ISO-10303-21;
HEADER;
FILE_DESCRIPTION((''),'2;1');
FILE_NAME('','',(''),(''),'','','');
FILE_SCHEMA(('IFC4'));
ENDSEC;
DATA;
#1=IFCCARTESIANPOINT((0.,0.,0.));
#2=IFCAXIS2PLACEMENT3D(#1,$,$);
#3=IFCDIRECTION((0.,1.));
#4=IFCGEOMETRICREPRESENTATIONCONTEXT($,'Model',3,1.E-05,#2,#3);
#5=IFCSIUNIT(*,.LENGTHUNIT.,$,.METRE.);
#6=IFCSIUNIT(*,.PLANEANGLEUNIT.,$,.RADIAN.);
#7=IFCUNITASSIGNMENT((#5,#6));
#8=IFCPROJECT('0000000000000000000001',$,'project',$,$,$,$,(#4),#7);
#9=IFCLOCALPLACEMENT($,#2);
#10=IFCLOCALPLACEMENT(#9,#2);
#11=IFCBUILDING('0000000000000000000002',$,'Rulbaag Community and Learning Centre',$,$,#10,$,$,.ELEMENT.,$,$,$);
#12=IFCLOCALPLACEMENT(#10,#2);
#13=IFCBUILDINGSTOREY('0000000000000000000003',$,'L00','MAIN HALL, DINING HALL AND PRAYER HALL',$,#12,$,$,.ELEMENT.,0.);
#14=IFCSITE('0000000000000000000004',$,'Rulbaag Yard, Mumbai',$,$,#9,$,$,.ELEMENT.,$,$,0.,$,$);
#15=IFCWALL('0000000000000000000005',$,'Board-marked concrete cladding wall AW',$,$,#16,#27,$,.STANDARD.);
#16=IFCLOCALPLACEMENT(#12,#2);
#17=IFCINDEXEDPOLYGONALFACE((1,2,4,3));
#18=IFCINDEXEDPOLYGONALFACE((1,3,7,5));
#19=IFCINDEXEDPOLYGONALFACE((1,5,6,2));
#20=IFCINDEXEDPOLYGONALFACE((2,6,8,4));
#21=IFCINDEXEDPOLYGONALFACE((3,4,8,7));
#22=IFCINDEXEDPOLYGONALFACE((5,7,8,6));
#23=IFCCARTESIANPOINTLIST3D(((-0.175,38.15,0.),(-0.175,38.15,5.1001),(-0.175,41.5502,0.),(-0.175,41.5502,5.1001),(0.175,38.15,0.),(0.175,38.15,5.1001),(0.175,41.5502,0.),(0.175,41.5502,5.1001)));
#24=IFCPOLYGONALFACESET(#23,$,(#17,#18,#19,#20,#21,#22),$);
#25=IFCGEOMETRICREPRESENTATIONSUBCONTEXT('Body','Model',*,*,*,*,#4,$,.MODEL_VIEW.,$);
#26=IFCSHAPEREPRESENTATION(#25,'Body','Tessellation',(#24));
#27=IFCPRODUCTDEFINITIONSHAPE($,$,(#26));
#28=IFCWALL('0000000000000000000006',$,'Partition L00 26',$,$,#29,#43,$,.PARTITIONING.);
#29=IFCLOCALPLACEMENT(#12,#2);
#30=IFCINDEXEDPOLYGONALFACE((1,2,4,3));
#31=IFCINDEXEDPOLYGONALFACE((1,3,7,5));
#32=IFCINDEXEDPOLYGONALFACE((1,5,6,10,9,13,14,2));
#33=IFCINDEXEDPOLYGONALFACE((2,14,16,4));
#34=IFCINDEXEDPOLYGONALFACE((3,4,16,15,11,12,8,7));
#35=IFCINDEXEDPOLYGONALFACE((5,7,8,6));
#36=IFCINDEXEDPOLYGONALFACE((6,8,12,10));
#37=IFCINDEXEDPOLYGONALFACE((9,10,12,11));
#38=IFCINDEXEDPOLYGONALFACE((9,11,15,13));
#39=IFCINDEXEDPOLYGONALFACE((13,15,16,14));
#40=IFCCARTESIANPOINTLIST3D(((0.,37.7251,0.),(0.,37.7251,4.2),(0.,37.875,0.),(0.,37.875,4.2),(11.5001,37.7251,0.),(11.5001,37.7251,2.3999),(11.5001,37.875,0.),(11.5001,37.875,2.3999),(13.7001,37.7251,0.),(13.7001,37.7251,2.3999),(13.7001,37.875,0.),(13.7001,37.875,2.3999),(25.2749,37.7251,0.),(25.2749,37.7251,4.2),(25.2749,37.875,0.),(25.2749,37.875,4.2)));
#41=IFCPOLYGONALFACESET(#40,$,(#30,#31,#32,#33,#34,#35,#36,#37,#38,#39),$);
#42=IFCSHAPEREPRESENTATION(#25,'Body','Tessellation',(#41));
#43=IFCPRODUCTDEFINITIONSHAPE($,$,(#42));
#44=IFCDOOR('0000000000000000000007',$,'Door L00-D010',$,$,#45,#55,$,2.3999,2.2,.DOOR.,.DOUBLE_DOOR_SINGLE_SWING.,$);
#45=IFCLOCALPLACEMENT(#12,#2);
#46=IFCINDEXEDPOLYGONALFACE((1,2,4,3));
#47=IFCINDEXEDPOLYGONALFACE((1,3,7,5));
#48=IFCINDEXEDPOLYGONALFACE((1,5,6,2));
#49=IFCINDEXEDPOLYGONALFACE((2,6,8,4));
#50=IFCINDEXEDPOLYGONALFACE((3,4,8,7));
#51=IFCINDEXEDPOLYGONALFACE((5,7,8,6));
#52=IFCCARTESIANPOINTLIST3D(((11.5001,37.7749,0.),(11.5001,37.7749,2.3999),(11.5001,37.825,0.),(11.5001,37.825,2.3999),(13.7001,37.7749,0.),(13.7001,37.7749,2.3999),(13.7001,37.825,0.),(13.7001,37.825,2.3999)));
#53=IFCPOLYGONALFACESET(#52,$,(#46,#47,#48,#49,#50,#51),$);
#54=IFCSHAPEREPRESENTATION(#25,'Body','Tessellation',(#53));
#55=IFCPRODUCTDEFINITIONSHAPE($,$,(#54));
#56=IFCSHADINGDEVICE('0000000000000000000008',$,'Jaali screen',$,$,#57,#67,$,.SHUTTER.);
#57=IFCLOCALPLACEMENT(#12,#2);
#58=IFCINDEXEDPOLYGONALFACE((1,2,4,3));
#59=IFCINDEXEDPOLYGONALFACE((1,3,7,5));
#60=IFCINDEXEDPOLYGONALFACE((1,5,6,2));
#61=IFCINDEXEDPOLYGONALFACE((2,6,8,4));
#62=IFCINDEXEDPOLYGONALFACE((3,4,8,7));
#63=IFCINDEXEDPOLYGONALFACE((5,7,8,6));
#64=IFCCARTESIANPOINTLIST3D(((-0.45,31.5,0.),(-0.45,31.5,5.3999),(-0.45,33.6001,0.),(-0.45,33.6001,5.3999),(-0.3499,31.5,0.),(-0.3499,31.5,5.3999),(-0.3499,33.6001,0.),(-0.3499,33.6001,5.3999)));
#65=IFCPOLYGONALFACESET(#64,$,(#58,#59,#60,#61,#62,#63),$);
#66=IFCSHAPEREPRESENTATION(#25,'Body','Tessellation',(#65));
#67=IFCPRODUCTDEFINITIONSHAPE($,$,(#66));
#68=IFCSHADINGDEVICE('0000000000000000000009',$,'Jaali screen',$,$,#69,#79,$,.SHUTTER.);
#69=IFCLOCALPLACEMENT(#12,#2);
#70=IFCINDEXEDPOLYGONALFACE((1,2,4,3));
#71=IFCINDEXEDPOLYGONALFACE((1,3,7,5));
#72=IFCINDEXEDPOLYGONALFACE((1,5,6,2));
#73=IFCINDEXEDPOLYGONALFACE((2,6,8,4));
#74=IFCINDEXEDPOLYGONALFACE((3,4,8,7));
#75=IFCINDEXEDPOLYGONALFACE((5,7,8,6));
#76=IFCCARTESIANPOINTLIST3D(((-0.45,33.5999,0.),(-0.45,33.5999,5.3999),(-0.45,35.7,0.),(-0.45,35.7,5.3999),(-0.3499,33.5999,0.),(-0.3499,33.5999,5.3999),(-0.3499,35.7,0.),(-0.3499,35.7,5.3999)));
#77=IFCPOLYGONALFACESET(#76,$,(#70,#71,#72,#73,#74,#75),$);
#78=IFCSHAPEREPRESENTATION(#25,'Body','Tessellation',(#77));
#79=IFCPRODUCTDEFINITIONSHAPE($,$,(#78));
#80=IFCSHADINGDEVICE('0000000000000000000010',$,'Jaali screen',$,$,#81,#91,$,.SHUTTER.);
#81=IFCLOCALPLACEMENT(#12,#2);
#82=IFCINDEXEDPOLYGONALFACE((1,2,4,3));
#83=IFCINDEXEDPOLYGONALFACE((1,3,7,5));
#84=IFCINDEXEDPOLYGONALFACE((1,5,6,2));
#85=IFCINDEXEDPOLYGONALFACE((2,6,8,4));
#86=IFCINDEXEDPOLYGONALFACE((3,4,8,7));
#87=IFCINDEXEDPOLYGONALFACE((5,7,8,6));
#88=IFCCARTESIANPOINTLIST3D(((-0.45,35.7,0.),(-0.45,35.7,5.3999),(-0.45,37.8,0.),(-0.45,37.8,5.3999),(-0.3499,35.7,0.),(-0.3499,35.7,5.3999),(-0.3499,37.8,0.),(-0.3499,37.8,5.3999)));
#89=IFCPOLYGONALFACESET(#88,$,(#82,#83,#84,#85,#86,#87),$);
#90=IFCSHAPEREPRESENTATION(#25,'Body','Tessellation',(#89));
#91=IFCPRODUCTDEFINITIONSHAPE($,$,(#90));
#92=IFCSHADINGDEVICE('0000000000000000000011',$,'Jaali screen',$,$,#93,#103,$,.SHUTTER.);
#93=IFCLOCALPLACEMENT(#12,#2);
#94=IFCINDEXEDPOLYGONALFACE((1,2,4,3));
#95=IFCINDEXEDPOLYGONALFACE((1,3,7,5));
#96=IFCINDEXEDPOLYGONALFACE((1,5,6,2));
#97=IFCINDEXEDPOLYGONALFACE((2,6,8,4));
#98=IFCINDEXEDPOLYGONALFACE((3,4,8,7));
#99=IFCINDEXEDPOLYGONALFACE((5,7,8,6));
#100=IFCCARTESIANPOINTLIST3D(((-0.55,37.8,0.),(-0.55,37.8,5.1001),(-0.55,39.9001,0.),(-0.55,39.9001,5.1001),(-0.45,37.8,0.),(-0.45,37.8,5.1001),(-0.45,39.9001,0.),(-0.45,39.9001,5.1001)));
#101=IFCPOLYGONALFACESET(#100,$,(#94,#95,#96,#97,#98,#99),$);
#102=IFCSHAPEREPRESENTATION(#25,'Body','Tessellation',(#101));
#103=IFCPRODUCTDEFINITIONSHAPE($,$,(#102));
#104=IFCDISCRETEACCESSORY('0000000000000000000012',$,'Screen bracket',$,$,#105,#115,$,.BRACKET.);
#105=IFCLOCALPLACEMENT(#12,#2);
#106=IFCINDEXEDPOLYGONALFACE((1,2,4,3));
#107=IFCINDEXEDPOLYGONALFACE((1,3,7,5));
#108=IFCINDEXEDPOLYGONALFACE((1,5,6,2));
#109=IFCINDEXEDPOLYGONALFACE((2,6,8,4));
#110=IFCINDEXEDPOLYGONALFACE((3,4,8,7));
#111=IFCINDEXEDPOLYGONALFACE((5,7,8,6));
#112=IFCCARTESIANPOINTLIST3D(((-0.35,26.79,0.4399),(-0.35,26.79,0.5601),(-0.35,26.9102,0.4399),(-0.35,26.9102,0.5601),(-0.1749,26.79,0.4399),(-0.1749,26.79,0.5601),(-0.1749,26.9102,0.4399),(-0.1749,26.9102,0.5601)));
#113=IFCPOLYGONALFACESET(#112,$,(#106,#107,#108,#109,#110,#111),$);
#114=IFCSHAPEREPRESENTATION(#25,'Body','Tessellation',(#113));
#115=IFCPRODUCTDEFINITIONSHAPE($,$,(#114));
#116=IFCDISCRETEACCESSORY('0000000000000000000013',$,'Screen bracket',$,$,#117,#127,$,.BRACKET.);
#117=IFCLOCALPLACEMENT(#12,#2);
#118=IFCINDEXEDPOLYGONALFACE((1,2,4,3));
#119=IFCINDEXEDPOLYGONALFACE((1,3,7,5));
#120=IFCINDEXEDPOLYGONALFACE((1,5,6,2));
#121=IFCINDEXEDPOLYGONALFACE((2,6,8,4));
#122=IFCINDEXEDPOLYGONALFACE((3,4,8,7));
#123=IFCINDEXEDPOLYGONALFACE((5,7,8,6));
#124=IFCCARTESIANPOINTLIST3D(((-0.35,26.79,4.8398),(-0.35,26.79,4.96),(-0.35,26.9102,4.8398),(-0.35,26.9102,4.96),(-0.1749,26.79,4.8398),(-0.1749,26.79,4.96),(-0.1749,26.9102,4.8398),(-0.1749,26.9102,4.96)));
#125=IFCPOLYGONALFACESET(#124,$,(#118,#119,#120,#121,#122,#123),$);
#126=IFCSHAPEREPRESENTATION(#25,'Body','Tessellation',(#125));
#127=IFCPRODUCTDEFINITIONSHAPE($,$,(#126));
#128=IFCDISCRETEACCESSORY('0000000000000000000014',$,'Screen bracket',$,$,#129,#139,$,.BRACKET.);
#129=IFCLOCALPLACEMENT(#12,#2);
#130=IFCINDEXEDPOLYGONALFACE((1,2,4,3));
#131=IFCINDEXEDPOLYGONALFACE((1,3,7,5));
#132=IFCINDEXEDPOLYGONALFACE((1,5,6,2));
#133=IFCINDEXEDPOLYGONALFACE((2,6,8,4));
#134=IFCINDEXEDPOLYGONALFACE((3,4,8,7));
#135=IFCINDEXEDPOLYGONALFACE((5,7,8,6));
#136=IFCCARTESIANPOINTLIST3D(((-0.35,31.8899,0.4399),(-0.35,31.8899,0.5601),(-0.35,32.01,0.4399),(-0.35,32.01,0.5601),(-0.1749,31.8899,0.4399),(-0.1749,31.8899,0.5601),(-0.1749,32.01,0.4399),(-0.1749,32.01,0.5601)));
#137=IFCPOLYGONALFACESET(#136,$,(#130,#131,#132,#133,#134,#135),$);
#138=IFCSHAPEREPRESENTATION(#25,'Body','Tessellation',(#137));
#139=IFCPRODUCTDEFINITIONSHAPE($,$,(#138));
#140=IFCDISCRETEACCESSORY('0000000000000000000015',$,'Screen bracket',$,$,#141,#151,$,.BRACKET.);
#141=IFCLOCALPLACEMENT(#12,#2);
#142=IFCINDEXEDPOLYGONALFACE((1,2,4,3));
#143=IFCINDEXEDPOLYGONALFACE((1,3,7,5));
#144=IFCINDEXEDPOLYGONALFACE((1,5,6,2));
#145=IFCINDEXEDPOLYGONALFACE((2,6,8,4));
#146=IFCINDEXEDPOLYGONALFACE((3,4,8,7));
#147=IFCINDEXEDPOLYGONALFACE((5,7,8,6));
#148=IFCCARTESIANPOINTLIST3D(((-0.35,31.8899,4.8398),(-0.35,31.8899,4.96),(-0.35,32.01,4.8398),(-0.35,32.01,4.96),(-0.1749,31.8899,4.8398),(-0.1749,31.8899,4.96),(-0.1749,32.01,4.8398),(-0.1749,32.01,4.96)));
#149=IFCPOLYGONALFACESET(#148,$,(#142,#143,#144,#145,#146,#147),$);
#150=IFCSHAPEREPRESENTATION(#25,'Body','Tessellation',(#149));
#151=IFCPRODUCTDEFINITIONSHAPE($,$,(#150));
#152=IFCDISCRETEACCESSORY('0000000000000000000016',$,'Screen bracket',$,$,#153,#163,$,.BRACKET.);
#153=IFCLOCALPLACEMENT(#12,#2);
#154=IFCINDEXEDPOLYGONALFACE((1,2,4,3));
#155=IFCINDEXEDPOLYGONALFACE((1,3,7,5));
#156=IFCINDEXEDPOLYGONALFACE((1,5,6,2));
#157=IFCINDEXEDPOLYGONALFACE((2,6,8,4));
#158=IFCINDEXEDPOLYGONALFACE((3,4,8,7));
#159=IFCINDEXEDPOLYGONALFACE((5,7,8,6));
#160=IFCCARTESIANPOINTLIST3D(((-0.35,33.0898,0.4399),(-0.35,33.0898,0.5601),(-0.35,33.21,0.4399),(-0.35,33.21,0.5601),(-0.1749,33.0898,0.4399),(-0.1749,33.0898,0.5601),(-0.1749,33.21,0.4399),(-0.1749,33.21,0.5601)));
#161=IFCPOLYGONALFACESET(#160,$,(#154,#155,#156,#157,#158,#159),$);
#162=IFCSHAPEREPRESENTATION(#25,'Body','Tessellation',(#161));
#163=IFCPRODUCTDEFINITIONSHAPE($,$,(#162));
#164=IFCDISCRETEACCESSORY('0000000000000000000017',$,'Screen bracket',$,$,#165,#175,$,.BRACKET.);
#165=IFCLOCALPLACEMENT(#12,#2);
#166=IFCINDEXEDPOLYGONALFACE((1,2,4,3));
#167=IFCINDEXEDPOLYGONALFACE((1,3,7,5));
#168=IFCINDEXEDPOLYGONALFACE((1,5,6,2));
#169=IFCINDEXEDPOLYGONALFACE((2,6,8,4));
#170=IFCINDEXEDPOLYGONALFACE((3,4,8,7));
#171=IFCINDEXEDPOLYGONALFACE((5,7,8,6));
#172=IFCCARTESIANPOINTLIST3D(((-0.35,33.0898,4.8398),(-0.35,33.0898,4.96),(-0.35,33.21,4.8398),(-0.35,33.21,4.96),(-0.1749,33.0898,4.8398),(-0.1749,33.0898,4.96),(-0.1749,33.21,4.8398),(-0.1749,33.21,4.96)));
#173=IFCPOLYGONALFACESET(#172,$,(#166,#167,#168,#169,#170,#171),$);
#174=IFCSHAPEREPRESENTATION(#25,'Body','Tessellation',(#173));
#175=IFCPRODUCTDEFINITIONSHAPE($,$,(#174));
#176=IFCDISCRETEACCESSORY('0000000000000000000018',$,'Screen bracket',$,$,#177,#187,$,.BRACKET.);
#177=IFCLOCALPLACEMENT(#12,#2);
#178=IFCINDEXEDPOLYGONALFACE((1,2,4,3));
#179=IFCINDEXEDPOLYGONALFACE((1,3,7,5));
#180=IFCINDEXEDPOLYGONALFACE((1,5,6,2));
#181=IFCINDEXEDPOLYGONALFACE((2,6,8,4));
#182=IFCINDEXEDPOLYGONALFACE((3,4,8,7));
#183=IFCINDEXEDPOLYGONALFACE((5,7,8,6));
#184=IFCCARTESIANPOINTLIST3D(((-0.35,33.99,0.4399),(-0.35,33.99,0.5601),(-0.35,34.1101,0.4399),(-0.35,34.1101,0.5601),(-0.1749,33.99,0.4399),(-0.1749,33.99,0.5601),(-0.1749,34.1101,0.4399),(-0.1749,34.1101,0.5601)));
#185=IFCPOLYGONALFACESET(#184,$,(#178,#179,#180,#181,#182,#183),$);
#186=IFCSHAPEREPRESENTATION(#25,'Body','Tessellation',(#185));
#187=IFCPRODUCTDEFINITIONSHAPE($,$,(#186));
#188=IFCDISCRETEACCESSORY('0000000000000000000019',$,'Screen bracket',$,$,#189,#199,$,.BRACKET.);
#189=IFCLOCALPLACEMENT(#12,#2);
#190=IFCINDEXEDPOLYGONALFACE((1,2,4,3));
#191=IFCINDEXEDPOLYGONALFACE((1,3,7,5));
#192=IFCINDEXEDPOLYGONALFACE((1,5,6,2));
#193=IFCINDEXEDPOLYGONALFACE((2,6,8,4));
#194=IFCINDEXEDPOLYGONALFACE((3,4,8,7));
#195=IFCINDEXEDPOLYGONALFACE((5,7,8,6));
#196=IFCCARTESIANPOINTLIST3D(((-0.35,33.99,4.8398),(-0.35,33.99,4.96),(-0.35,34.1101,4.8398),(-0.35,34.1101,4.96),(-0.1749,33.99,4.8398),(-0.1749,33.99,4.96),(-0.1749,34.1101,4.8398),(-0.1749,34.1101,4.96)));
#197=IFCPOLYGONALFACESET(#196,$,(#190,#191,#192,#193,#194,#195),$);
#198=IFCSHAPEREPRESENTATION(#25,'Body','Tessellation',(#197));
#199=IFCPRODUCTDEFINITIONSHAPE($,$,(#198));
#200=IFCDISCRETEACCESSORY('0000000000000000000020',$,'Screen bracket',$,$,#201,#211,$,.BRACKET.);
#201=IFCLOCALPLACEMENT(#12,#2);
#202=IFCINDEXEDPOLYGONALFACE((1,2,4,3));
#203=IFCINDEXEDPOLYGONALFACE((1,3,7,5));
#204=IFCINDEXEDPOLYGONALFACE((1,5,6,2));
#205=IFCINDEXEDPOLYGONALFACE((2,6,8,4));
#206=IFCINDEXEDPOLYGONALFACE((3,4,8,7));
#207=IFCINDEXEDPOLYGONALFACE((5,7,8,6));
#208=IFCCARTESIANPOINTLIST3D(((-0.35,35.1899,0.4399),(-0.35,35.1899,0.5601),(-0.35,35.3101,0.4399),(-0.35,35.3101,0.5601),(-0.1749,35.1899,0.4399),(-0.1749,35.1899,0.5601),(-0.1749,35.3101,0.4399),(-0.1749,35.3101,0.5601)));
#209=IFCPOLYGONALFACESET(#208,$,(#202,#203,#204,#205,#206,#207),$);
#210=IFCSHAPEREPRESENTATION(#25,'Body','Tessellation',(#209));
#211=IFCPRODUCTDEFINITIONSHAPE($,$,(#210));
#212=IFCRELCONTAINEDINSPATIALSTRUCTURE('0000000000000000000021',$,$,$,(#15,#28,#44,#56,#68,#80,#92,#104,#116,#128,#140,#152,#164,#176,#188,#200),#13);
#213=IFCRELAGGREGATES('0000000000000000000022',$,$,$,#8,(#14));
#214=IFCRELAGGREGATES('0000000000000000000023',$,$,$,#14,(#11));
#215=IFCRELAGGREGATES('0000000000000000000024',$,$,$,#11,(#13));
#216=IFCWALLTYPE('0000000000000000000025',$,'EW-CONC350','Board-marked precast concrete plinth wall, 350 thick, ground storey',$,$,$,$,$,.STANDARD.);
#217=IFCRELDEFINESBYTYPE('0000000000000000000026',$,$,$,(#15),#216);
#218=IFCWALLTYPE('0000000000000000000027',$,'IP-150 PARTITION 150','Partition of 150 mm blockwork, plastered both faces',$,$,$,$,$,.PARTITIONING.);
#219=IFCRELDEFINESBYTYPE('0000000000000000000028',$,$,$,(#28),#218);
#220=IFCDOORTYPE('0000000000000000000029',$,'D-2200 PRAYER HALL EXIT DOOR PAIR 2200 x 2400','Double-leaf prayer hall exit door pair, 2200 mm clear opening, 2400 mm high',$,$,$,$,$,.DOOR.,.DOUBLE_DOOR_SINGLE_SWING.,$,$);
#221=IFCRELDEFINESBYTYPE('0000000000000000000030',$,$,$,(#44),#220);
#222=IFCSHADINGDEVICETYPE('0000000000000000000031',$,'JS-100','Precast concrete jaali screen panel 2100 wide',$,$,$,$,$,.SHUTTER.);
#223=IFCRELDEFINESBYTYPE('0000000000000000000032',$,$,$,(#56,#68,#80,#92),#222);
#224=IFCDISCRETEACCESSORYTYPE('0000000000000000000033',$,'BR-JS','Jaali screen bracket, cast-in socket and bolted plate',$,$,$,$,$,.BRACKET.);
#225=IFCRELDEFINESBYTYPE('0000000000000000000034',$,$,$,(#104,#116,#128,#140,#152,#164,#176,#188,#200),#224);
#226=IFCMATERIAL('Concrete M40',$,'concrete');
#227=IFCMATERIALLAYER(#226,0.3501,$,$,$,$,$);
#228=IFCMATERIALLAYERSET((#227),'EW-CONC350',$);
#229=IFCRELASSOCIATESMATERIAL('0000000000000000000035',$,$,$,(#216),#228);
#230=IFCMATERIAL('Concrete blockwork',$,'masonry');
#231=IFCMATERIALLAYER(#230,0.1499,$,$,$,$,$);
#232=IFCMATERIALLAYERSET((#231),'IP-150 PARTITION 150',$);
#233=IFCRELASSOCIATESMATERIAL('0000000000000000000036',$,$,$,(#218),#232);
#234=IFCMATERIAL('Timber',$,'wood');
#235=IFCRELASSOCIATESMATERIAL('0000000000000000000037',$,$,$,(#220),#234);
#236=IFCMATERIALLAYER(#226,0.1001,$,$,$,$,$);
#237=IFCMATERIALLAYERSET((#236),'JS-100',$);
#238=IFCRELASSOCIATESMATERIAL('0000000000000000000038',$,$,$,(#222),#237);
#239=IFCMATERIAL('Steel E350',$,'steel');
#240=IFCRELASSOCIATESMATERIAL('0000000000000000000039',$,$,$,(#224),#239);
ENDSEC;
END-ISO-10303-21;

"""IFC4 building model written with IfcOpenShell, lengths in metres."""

from ifc_helpers import new_model, si_unit, direction, frame, frame_2d, origin, origin_2d, place, context, subcontext, project, spatial, rectangle, extrude, material, layer, layer_set, type_object, element, fill, save


model = new_model("IFC4")

# Units and contexts
model_context = context("Model", 3, precision=1e-05, world=origin(), true_north=direction((0.0, 1.0)))
body_context = subcontext(model_context, "Body", "Model", "MODEL_VIEW")
ifc_project = project(units=[si_unit("LENGTHUNIT", "METRE"), si_unit("PLANEANGLEUNIT", "RADIAN")], contexts=[model_context])

# Site, building, storey
site_placement = place(None, origin())
site = spatial("IfcSite", under=ifc_project, at=site_placement, Name="Rulbaag Yard, Mumbai", CompositionType="ELEMENT", RefElevation=0.0)
building_placement = place(site_placement, origin())
building = spatial("IfcBuilding", under=site, at=building_placement, Name="Rulbaag Community and Learning Centre", CompositionType="ELEMENT")
storey_placement = place(building_placement, origin())
storey = spatial("IfcBuildingStorey", under=building, at=storey_placement, Name="L00", Description="MAIN HALL, DINING HALL AND PRAYER HALL", CompositionType="ELEMENT", Elevation=0.0)

# Shared definitions
ifc_material_1 = material(Name="Concrete M40", Category="concrete")

# Wall
ifc_layer_1 = layer(ifc_material_1, 0.3501)
ifc_layer_set_1 = layer_set([ifc_layer_1], Name="EW-CONC350")
wall_type_1 = type_object("IfcWallType", Name="EW-CONC350", Description="Board-marked precast concrete plinth wall, 350 thick, ground storey", PredefinedType="STANDARD", material=ifc_layer_set_1)
wall_1_placement = place(storey_placement, frame((0.0, 38.1499, 0.0), z_axis=(0.0, 0.0, 1.0), x_axis=(0.0, 1.0, 0.0)))
element("IfcWall", 1, at=wall_1_placement, inside=storey, type_object=wall_type_1, Name="Board-marked concrete cladding wall AW", PredefinedType="STANDARD", context=body_context, shape_type="SweptSolid", body=[
    extrude(rectangle(XDim=3.4001, YDim=0.3501, at=frame_2d((1.7002, 0.0))), origin(), (0.0, 0.0, 1.0), 5.1001),
])

# Wall, opening, door
ifc_material_2 = material(Name="Concrete blockwork", Category="masonry")
ifc_layer_2 = layer(ifc_material_2, 0.1499)
ifc_layer_set_2 = layer_set([ifc_layer_2], Name="IP-150 PARTITION 150")
wall_type_2 = type_object("IfcWallType", Name="IP-150 PARTITION 150", Description="Partition of 150 mm blockwork, plastered both faces", PredefinedType="PARTITIONING", material=ifc_layer_set_2)
wall_2_placement = place(storey_placement, frame((0.0, 37.8, 0.0), z_axis=(0.0, 0.0, 1.0), x_axis=(1.0, 0.0, 0.0)))
wall_2 = element("IfcWall", 2, at=wall_2_placement, inside=storey, type_object=wall_type_2, Name="Partition L00 26", PredefinedType="PARTITIONING", context=body_context, shape_type="SweptSolid", body=[
    extrude(rectangle(XDim=25.2749, YDim=0.1499, at=frame_2d((12.6375, 0.0))), origin(), (0.0, 0.0, 1.0), 4.2),
])
opening_placement = place(wall_2_placement, frame((11.5, 0.0, 0.0)))
opening = element("IfcOpeningElement", 3, at=opening_placement, cuts=wall_2, PredefinedType="OPENING", context=body_context, shape_type="SweptSolid", body=[
    extrude(rectangle(XDim=2.2, YDim=2.3999, at=frame_2d((1.1001, 1.2))), frame((0.0, 0.085, 0.0), z_axis=(0.0, -1.0, 0.0), x_axis=(1.0, 0.0, 0.0)), (0.0, 0.0, 1.0), 0.1699),
])
ifc_material_3 = material(Name="Timber", Category="wood")
door_type = type_object("IfcDoorType", Name="D-2200 PRAYER HALL EXIT DOOR PAIR 2200 x 2400", Description="Double-leaf prayer hall exit door pair, 2200 mm clear opening, 2400 mm high", OperationType="DOUBLE_DOOR_SINGLE_SWING", PredefinedType="DOOR", material=ifc_material_3)
door_placement = place(opening_placement, origin())
door = element("IfcDoor", 4, at=door_placement, inside=storey, type_object=door_type, Name="Door L00-D010", OperationType="DOUBLE_DOOR_SINGLE_SWING", OverallHeight=2.3999, OverallWidth=2.2, PredefinedType="DOOR", context=body_context, shape_type="SweptSolid", body=[
    extrude(rectangle(XDim=2.2, YDim=2.3999, at=frame_2d((1.1001, 1.2))), frame((0.0, 0.0249, 0.0), z_axis=(0.0, -1.0, 0.0), x_axis=(1.0, 0.0, 0.0)), (0.0, 0.0, 1.0), 0.05),
])
fill(opening, door)

# Shading devices
ifc_layer_3 = layer(ifc_material_1, 0.1001)
ifc_layer_set_3 = layer_set([ifc_layer_3], Name="JS-100")
shading_device_type = type_object("IfcShadingDeviceType", Name="JS-100", Description="Precast concrete jaali screen panel 2100 wide", PredefinedType="SHUTTER", material=ifc_layer_set_3)
for number, where, z_axis, x_axis, name in (
    (5, (-0.3999, 32.55, 0.0), (0.0, 0.0, 1.0), (1.0, 0.0, 0.0), "Jaali screen"),
    (6, (-0.3999, 34.6499, 0.0), (0.0, 0.0, 1.0), (1.0, 0.0, 0.0), "Jaali screen"),
    (7, (-0.3999, 36.75, 0.0), (0.0, 0.0, 1.0), (1.0, 0.0, 0.0), "Jaali screen"),
):
    element("IfcShadingDevice", number, at=place(storey_placement, frame(where, z_axis=z_axis, x_axis=x_axis)), inside=storey, type_object=shading_device_type, Name=name, PredefinedType="SHUTTER", context=body_context, shape_type="SweptSolid", body=[
        extrude(rectangle(XDim=0.1001, YDim=2.1001, at=origin_2d()), origin(), (0.0, 0.0, 1.0), 5.3999),
    ])
shading_device_placement = place(storey_placement, frame((-0.5, 38.8501, 0.0), z_axis=(0.0, 0.0, 1.0), x_axis=(1.0, 0.0, 0.0)))
element("IfcShadingDevice", 8, at=shading_device_placement, inside=storey, type_object=shading_device_type, Name="Jaali screen", PredefinedType="SHUTTER", context=body_context, shape_type="SweptSolid", body=[
    extrude(rectangle(XDim=0.1001, YDim=2.1001, at=origin_2d()), origin(), (0.0, 0.0, 1.0), 5.1001),
])

# Discrete accessories
ifc_material_4 = material(Name="Steel E350", Category="steel")
discrete_accessory_type = type_object("IfcDiscreteAccessoryType", Name="BR-JS", Description="Jaali screen bracket, cast-in socket and bolted plate", PredefinedType="BRACKET", material=ifc_material_4)
for number, where, z_axis, x_axis, name in (
    (9, (-0.2625, 26.8501, 0.4399), (0.0, 0.0, 1.0), (1.0, 0.0, 0.0), "Screen bracket"),
    (10, (-0.2625, 26.8501, 4.8398), (0.0, 0.0, 1.0), (1.0, 0.0, 0.0), "Screen bracket"),
    (11, (-0.2625, 31.95, 0.4399), (0.0, 0.0, 1.0), (1.0, 0.0, 0.0), "Screen bracket"),
    (12, (-0.2625, 31.95, 4.8398), (0.0, 0.0, 1.0), (1.0, 0.0, 0.0), "Screen bracket"),
    (13, (-0.2625, 33.1499, 0.4399), (0.0, 0.0, 1.0), (1.0, 0.0, 0.0), "Screen bracket"),
    (14, (-0.2625, 33.1499, 4.8398), (0.0, 0.0, 1.0), (1.0, 0.0, 0.0), "Screen bracket"),
    (15, (-0.2625, 34.05, 0.4399), (0.0, 0.0, 1.0), (1.0, 0.0, 0.0), "Screen bracket"),
    (16, (-0.2625, 34.05, 4.8398), (0.0, 0.0, 1.0), (1.0, 0.0, 0.0), "Screen bracket"),
    (17, (-0.2625, 35.25, 0.4399), (0.0, 0.0, 1.0), (1.0, 0.0, 0.0), "Screen bracket"),
):
    element("IfcDiscreteAccessory", number, at=place(storey_placement, frame(where, z_axis=z_axis, x_axis=x_axis)), inside=storey, type_object=discrete_accessory_type, Name=name, PredefinedType="BRACKET", context=body_context, shape_type="SweptSolid", body=[
        extrude(rectangle(XDim=0.175, YDim=0.1201, at=origin_2d()), origin(), (0.0, 0.0, 1.0), 0.1201),
    ])

save(model, "model.ifc")
